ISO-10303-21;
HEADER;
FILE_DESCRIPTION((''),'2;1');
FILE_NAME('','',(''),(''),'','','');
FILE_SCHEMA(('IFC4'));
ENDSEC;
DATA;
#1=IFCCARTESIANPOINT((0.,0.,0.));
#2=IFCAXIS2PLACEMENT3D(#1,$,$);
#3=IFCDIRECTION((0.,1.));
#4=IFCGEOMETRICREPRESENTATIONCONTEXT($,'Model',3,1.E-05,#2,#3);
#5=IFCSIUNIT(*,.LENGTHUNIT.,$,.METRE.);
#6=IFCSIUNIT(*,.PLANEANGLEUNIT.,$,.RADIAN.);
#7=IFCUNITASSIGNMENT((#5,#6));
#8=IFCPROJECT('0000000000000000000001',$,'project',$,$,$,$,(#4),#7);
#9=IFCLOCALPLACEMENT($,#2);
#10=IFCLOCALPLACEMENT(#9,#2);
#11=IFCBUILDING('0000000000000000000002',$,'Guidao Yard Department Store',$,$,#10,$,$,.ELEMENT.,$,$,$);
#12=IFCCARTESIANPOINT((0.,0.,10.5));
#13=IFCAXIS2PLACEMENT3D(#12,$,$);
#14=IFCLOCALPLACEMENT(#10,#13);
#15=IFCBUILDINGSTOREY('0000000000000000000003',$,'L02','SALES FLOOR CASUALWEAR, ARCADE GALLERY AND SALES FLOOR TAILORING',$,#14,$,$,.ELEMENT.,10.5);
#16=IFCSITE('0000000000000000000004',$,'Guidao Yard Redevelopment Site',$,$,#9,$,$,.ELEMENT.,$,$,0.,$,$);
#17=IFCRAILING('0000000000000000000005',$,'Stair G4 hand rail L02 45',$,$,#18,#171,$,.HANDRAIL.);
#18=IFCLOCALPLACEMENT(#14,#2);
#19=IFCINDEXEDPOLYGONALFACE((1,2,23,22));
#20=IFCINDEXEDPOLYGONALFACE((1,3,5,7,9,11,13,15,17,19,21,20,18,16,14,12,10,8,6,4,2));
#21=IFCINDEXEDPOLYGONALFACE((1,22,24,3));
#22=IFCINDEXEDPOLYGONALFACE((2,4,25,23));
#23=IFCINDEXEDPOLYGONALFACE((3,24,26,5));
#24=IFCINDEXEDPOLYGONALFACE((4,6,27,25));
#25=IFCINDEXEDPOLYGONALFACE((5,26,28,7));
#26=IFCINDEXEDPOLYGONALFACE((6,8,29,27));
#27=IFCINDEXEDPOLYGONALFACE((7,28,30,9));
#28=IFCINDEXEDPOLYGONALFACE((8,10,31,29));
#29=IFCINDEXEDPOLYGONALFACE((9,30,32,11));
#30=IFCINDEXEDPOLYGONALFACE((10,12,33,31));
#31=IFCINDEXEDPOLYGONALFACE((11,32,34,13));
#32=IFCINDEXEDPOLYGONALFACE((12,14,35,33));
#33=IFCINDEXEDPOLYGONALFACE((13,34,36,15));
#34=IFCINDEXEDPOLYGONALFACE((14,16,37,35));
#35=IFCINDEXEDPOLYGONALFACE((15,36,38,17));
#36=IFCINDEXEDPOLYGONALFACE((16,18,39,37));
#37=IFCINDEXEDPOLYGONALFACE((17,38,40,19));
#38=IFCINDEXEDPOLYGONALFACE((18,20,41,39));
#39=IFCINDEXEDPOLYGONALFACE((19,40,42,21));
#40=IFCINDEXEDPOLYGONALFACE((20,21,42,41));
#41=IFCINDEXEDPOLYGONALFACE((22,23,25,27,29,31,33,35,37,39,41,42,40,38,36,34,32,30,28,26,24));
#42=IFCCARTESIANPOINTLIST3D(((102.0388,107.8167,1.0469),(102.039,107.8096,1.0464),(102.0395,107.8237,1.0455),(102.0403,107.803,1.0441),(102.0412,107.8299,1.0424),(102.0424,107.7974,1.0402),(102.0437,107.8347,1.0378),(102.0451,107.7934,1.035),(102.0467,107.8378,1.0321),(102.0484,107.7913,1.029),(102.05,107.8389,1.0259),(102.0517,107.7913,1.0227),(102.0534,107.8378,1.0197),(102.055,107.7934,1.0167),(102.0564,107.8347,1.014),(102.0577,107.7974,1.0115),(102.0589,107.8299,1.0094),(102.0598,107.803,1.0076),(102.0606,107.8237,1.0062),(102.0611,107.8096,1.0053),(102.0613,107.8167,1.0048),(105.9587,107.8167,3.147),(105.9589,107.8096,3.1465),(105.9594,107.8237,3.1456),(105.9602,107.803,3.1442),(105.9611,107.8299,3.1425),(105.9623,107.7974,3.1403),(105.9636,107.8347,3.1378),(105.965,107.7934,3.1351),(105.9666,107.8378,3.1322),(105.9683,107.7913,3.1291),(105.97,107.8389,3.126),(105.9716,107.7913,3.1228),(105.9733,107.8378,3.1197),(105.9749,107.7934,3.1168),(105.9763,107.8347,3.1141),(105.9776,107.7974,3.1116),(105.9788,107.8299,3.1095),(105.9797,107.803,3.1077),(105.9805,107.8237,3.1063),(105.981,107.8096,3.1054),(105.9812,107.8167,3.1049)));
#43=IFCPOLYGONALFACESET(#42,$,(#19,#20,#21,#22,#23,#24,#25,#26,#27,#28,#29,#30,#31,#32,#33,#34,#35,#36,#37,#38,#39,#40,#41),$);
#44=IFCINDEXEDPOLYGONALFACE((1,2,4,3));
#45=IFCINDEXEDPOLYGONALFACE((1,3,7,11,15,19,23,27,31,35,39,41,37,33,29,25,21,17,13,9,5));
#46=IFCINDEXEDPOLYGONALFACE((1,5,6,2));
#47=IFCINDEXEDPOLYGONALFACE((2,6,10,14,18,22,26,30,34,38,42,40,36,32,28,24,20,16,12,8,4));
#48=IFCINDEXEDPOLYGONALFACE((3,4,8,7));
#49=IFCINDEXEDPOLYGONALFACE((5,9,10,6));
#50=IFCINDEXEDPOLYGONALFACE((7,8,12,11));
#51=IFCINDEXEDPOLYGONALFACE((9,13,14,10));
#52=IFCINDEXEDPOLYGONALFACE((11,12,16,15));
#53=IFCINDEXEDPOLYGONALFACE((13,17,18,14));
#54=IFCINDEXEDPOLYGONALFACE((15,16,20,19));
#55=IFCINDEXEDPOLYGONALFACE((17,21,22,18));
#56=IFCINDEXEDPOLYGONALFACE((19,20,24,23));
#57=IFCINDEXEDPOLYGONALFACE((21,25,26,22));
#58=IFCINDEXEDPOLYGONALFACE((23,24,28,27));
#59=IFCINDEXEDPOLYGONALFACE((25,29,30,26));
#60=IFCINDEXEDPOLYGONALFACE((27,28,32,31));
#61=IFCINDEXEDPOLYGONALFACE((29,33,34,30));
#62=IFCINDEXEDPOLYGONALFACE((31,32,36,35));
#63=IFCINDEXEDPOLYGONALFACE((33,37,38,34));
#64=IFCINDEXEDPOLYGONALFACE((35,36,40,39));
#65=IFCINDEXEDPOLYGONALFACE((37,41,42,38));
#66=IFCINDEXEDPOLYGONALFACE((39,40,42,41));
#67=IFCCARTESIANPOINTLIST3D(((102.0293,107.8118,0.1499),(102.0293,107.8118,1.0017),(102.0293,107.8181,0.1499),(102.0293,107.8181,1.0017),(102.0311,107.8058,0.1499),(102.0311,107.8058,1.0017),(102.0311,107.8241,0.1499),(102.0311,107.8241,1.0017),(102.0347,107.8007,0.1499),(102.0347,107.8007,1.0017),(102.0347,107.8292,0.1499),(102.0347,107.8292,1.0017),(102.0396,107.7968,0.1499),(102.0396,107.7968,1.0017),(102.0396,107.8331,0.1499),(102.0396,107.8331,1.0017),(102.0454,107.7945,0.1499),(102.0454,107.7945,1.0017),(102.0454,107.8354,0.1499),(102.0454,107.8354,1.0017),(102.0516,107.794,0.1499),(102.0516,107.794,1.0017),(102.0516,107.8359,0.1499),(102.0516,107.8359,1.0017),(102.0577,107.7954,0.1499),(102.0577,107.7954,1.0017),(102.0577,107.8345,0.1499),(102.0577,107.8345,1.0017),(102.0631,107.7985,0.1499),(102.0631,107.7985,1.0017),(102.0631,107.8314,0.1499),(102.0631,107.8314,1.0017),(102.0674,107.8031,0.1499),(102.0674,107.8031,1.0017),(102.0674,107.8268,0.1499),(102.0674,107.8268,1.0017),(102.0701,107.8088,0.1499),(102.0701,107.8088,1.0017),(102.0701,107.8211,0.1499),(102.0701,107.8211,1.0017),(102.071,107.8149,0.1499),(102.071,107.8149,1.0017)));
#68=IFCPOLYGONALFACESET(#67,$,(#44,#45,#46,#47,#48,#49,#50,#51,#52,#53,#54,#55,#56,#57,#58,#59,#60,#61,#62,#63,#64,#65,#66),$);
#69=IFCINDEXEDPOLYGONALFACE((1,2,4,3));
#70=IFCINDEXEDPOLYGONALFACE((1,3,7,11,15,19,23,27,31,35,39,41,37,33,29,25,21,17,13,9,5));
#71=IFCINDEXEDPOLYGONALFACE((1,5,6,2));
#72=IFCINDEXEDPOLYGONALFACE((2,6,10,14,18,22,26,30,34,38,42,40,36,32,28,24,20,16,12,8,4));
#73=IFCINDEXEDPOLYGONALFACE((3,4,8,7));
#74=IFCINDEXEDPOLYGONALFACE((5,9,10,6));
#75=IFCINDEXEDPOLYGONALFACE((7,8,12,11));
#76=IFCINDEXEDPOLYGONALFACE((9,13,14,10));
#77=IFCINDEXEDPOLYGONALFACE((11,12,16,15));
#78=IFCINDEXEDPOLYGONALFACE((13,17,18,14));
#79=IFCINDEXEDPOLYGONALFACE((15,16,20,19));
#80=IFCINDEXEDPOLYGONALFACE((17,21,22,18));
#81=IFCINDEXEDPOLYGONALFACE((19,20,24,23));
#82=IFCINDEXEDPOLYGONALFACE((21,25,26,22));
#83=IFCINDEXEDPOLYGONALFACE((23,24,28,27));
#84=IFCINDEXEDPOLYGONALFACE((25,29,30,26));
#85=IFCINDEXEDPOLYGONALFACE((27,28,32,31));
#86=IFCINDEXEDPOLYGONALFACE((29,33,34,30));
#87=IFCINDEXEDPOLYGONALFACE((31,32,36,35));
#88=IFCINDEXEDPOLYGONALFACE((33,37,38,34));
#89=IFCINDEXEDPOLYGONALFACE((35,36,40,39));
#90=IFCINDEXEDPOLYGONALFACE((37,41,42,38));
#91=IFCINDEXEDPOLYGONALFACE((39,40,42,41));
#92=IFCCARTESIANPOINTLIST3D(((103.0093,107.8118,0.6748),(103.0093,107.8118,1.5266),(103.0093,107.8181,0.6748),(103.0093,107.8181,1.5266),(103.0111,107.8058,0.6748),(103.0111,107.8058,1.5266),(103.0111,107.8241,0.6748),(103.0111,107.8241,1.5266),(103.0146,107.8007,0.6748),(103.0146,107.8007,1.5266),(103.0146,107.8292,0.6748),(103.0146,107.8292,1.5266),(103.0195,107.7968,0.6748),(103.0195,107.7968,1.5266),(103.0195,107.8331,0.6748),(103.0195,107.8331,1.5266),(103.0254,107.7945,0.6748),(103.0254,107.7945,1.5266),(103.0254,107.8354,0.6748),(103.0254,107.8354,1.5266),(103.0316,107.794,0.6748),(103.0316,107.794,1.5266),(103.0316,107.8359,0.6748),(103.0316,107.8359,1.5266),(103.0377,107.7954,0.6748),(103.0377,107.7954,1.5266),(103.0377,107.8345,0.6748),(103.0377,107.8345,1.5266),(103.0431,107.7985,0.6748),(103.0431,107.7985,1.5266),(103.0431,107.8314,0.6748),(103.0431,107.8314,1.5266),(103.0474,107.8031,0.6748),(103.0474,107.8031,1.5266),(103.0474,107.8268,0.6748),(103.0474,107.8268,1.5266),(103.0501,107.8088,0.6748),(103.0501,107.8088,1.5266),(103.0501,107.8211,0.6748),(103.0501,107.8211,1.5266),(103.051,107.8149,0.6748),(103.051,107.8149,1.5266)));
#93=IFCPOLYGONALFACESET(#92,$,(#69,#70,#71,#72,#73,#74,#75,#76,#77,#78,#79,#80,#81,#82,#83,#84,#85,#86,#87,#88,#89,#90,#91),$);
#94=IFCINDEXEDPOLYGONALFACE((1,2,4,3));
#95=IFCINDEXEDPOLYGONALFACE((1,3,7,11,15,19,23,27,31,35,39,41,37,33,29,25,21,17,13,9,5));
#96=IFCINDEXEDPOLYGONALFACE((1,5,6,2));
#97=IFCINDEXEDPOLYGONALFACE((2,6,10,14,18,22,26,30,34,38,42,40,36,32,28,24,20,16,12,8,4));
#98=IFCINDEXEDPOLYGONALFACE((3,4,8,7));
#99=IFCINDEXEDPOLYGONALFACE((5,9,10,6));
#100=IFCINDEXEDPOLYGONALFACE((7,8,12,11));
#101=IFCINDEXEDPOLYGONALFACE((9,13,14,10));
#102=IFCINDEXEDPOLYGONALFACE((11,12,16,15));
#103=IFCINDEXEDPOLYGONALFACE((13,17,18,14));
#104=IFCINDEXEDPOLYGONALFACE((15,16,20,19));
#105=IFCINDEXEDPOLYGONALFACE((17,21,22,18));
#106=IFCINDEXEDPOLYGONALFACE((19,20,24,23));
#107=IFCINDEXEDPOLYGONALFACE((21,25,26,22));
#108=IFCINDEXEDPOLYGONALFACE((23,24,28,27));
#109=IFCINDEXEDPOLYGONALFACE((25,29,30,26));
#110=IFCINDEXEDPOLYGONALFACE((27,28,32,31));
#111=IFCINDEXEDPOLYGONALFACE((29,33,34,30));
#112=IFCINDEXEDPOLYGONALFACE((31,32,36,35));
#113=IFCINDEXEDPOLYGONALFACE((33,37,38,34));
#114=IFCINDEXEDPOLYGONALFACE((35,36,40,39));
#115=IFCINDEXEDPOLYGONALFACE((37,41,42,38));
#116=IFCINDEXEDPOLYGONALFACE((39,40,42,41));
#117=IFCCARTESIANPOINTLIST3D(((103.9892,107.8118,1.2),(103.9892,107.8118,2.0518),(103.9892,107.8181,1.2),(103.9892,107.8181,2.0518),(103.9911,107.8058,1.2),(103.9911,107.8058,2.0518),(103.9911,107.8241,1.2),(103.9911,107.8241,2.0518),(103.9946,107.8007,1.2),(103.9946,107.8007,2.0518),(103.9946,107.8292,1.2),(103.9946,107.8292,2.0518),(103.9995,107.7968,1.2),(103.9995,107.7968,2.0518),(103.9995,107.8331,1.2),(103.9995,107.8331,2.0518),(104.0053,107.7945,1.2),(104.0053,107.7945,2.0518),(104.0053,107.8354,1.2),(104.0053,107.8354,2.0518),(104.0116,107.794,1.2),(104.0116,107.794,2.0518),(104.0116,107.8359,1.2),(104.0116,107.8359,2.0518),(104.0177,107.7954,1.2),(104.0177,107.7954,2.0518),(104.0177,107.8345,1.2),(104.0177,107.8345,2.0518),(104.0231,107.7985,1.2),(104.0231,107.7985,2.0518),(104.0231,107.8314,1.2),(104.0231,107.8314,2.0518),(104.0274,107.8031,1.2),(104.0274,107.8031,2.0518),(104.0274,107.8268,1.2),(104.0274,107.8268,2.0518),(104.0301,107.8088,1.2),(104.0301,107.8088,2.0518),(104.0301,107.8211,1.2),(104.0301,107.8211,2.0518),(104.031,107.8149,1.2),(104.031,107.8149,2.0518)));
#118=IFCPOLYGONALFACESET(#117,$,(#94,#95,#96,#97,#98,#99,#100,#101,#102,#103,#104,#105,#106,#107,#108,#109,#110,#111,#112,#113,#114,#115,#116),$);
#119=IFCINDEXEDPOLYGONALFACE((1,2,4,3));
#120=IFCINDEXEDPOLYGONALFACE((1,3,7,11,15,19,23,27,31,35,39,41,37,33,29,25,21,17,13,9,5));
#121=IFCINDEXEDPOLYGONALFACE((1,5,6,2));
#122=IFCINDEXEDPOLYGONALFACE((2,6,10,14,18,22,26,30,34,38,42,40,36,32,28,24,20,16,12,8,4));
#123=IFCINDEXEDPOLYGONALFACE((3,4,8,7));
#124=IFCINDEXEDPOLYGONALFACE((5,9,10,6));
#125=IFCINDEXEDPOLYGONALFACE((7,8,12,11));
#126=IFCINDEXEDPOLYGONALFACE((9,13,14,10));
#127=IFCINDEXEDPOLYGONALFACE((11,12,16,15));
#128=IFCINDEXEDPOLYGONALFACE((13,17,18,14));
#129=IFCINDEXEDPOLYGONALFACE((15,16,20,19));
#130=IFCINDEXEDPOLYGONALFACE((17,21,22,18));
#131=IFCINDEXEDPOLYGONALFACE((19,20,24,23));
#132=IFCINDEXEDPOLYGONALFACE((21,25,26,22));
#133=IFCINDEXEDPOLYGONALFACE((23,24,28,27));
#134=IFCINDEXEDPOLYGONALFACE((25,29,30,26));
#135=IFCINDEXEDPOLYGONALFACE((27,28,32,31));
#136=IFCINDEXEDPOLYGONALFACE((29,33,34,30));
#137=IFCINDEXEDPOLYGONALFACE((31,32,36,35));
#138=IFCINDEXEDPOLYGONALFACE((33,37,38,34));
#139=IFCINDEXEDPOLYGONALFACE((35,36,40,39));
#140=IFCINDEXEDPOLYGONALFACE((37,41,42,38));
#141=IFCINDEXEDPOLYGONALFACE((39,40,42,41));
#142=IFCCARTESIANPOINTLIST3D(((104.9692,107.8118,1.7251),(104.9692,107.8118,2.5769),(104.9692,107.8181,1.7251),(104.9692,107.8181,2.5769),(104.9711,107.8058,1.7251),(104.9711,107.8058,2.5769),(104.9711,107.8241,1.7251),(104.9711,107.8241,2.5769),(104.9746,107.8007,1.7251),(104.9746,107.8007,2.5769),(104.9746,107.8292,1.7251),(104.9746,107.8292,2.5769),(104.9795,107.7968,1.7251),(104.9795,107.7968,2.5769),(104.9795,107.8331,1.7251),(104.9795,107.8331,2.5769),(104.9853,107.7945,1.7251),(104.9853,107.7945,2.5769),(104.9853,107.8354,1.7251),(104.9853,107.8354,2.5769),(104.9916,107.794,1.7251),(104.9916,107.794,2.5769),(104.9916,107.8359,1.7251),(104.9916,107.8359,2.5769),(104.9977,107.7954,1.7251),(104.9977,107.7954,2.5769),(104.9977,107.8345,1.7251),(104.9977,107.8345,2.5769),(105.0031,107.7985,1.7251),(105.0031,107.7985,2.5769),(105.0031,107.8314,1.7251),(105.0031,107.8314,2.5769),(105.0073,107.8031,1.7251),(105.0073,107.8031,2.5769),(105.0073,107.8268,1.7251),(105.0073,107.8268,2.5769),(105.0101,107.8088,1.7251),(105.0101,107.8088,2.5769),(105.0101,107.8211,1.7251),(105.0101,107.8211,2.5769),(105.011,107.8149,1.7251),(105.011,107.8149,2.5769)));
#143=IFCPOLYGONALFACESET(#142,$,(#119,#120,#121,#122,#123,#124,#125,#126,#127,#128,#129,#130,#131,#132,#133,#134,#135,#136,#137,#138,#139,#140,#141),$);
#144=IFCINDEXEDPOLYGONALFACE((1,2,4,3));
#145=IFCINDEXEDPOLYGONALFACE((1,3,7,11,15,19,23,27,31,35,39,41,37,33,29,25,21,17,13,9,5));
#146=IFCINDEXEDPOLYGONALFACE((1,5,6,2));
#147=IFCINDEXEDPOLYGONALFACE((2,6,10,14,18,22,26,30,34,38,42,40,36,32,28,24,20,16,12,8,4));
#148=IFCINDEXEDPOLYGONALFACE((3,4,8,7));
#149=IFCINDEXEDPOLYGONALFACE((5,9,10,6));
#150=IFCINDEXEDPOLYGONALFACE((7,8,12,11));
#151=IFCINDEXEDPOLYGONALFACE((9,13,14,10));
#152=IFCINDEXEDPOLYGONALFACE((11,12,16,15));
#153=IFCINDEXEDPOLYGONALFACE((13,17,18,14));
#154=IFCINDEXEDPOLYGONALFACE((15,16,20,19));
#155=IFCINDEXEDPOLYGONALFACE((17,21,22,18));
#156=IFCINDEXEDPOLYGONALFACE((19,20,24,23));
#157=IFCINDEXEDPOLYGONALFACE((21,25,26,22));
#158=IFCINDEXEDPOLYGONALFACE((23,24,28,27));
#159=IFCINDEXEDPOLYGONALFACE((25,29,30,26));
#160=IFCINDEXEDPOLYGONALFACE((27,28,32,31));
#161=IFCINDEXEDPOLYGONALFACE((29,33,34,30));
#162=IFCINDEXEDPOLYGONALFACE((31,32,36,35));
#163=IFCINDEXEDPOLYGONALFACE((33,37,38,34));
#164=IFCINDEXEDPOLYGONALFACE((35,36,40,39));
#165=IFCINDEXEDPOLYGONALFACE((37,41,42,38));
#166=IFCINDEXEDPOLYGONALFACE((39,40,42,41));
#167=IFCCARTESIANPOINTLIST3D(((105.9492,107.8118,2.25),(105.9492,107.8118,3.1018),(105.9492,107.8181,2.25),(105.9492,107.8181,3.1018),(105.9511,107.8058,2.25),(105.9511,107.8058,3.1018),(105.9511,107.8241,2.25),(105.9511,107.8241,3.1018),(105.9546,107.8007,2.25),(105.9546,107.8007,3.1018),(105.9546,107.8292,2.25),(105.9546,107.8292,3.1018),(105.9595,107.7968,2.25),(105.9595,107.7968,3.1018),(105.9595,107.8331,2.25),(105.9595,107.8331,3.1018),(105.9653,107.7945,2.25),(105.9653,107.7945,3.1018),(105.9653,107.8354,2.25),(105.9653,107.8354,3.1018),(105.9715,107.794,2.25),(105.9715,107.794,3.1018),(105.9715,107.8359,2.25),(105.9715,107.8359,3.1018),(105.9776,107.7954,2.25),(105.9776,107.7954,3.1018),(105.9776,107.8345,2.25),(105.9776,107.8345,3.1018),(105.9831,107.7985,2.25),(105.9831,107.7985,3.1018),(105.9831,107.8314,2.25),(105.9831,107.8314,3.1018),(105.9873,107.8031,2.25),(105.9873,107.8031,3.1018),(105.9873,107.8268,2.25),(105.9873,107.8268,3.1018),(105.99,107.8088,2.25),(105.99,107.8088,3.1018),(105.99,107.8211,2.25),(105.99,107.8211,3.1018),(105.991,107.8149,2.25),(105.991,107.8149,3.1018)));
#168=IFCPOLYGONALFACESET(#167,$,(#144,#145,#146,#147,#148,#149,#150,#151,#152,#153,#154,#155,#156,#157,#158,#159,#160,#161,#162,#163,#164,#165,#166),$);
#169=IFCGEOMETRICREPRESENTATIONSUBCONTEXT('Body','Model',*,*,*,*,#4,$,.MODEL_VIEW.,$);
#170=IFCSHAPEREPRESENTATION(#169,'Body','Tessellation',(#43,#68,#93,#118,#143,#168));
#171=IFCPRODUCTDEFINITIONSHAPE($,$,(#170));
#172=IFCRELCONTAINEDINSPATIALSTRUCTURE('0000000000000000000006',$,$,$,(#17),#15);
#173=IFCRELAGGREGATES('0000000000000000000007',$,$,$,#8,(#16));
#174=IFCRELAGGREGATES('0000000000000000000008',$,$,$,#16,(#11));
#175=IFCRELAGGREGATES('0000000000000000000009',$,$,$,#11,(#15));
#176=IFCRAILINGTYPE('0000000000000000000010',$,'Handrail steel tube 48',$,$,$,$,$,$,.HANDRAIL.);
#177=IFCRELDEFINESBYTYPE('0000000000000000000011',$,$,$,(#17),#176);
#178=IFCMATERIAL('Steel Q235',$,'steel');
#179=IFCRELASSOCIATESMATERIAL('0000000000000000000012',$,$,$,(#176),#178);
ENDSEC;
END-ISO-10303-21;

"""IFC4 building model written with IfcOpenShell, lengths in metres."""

from ifc_helpers import new_model, si_unit, direction, frame, origin, origin_2d, place, context, subcontext, project, spatial, circle, extrude, material, type_object, element, save


model = new_model("IFC4")

# Units and contexts
model_context = context("Model", 3, precision=1e-05, world=origin(), true_north=direction((0.0, 1.0)))
body_context = subcontext(model_context, "Body", "Model", "MODEL_VIEW")
ifc_project = project(units=[si_unit("LENGTHUNIT", "METRE"), si_unit("PLANEANGLEUNIT", "RADIAN")], contexts=[model_context])

# Site, building, storey
site_placement = place(None, origin())
site = spatial("IfcSite", under=ifc_project, at=site_placement, Name="Guidao Yard Redevelopment Site", CompositionType="ELEMENT", RefElevation=0.0)
building_placement = place(site_placement, origin())
building = spatial("IfcBuilding", under=site, at=building_placement, Name="Guidao Yard Department Store", CompositionType="ELEMENT")
storey_placement = place(building_placement, frame((0.0, 0.0, 10.5)))
storey = spatial("IfcBuildingStorey", under=building, at=storey_placement, Name="L02", Description="SALES FLOOR CASUALWEAR, ARCADE GALLERY AND SALES FLOOR TAILORING", CompositionType="ELEMENT", Elevation=10.5)

# Railing
ifc_material_1 = material(Name="Steel Q235", Category="steel")
railing_type = type_object("IfcRailingType", Name="Handrail steel tube 48", PredefinedType="HANDRAIL", material=ifc_material_1)
for number, where, name in (
    (1, (102.05, 107.8149, 0.1499), "Stair G4 hand rail L02 45"),
):
    element("IfcRailing", number, at=place(storey_placement, frame(where)), inside=storey, type_object=railing_type, Name=name, PredefinedType="HANDRAIL", context=body_context, shape_type="SweptSolid", body=[
        extrude(circle(Radius=0.0239, at=origin_2d()), frame((0.0, 0.0, 0.876), z_axis=(0.881467, 0.0, 0.472246), x_axis=(0.0, 1.0, 0.0)), (0.0, 0.0, 1.0), 4.447),
        extrude(circle(Radius=0.021, at=origin_2d()), origin(), (0.0, 0.0, 1.0), 0.8518),
        extrude(circle(Radius=0.021, at=origin_2d()), frame((0.98, 0.0, 0.5249)), (0.0, 0.0, 1.0), 0.8518),
        extrude(circle(Radius=0.021, at=origin_2d()), frame((1.96, 0.0, 1.05)), (0.0, 0.0, 1.0), 0.8518),
        extrude(circle(Radius=0.021, at=origin_2d()), frame((2.9399, 0.0, 1.5752)), (0.0, 0.0, 1.0), 0.8518),
        extrude(circle(Radius=0.021, at=origin_2d()), frame((3.9199, 0.0, 2.1001)), (0.0, 0.0, 1.0), 0.8518),
    ])

save(model, "model.ifc")
